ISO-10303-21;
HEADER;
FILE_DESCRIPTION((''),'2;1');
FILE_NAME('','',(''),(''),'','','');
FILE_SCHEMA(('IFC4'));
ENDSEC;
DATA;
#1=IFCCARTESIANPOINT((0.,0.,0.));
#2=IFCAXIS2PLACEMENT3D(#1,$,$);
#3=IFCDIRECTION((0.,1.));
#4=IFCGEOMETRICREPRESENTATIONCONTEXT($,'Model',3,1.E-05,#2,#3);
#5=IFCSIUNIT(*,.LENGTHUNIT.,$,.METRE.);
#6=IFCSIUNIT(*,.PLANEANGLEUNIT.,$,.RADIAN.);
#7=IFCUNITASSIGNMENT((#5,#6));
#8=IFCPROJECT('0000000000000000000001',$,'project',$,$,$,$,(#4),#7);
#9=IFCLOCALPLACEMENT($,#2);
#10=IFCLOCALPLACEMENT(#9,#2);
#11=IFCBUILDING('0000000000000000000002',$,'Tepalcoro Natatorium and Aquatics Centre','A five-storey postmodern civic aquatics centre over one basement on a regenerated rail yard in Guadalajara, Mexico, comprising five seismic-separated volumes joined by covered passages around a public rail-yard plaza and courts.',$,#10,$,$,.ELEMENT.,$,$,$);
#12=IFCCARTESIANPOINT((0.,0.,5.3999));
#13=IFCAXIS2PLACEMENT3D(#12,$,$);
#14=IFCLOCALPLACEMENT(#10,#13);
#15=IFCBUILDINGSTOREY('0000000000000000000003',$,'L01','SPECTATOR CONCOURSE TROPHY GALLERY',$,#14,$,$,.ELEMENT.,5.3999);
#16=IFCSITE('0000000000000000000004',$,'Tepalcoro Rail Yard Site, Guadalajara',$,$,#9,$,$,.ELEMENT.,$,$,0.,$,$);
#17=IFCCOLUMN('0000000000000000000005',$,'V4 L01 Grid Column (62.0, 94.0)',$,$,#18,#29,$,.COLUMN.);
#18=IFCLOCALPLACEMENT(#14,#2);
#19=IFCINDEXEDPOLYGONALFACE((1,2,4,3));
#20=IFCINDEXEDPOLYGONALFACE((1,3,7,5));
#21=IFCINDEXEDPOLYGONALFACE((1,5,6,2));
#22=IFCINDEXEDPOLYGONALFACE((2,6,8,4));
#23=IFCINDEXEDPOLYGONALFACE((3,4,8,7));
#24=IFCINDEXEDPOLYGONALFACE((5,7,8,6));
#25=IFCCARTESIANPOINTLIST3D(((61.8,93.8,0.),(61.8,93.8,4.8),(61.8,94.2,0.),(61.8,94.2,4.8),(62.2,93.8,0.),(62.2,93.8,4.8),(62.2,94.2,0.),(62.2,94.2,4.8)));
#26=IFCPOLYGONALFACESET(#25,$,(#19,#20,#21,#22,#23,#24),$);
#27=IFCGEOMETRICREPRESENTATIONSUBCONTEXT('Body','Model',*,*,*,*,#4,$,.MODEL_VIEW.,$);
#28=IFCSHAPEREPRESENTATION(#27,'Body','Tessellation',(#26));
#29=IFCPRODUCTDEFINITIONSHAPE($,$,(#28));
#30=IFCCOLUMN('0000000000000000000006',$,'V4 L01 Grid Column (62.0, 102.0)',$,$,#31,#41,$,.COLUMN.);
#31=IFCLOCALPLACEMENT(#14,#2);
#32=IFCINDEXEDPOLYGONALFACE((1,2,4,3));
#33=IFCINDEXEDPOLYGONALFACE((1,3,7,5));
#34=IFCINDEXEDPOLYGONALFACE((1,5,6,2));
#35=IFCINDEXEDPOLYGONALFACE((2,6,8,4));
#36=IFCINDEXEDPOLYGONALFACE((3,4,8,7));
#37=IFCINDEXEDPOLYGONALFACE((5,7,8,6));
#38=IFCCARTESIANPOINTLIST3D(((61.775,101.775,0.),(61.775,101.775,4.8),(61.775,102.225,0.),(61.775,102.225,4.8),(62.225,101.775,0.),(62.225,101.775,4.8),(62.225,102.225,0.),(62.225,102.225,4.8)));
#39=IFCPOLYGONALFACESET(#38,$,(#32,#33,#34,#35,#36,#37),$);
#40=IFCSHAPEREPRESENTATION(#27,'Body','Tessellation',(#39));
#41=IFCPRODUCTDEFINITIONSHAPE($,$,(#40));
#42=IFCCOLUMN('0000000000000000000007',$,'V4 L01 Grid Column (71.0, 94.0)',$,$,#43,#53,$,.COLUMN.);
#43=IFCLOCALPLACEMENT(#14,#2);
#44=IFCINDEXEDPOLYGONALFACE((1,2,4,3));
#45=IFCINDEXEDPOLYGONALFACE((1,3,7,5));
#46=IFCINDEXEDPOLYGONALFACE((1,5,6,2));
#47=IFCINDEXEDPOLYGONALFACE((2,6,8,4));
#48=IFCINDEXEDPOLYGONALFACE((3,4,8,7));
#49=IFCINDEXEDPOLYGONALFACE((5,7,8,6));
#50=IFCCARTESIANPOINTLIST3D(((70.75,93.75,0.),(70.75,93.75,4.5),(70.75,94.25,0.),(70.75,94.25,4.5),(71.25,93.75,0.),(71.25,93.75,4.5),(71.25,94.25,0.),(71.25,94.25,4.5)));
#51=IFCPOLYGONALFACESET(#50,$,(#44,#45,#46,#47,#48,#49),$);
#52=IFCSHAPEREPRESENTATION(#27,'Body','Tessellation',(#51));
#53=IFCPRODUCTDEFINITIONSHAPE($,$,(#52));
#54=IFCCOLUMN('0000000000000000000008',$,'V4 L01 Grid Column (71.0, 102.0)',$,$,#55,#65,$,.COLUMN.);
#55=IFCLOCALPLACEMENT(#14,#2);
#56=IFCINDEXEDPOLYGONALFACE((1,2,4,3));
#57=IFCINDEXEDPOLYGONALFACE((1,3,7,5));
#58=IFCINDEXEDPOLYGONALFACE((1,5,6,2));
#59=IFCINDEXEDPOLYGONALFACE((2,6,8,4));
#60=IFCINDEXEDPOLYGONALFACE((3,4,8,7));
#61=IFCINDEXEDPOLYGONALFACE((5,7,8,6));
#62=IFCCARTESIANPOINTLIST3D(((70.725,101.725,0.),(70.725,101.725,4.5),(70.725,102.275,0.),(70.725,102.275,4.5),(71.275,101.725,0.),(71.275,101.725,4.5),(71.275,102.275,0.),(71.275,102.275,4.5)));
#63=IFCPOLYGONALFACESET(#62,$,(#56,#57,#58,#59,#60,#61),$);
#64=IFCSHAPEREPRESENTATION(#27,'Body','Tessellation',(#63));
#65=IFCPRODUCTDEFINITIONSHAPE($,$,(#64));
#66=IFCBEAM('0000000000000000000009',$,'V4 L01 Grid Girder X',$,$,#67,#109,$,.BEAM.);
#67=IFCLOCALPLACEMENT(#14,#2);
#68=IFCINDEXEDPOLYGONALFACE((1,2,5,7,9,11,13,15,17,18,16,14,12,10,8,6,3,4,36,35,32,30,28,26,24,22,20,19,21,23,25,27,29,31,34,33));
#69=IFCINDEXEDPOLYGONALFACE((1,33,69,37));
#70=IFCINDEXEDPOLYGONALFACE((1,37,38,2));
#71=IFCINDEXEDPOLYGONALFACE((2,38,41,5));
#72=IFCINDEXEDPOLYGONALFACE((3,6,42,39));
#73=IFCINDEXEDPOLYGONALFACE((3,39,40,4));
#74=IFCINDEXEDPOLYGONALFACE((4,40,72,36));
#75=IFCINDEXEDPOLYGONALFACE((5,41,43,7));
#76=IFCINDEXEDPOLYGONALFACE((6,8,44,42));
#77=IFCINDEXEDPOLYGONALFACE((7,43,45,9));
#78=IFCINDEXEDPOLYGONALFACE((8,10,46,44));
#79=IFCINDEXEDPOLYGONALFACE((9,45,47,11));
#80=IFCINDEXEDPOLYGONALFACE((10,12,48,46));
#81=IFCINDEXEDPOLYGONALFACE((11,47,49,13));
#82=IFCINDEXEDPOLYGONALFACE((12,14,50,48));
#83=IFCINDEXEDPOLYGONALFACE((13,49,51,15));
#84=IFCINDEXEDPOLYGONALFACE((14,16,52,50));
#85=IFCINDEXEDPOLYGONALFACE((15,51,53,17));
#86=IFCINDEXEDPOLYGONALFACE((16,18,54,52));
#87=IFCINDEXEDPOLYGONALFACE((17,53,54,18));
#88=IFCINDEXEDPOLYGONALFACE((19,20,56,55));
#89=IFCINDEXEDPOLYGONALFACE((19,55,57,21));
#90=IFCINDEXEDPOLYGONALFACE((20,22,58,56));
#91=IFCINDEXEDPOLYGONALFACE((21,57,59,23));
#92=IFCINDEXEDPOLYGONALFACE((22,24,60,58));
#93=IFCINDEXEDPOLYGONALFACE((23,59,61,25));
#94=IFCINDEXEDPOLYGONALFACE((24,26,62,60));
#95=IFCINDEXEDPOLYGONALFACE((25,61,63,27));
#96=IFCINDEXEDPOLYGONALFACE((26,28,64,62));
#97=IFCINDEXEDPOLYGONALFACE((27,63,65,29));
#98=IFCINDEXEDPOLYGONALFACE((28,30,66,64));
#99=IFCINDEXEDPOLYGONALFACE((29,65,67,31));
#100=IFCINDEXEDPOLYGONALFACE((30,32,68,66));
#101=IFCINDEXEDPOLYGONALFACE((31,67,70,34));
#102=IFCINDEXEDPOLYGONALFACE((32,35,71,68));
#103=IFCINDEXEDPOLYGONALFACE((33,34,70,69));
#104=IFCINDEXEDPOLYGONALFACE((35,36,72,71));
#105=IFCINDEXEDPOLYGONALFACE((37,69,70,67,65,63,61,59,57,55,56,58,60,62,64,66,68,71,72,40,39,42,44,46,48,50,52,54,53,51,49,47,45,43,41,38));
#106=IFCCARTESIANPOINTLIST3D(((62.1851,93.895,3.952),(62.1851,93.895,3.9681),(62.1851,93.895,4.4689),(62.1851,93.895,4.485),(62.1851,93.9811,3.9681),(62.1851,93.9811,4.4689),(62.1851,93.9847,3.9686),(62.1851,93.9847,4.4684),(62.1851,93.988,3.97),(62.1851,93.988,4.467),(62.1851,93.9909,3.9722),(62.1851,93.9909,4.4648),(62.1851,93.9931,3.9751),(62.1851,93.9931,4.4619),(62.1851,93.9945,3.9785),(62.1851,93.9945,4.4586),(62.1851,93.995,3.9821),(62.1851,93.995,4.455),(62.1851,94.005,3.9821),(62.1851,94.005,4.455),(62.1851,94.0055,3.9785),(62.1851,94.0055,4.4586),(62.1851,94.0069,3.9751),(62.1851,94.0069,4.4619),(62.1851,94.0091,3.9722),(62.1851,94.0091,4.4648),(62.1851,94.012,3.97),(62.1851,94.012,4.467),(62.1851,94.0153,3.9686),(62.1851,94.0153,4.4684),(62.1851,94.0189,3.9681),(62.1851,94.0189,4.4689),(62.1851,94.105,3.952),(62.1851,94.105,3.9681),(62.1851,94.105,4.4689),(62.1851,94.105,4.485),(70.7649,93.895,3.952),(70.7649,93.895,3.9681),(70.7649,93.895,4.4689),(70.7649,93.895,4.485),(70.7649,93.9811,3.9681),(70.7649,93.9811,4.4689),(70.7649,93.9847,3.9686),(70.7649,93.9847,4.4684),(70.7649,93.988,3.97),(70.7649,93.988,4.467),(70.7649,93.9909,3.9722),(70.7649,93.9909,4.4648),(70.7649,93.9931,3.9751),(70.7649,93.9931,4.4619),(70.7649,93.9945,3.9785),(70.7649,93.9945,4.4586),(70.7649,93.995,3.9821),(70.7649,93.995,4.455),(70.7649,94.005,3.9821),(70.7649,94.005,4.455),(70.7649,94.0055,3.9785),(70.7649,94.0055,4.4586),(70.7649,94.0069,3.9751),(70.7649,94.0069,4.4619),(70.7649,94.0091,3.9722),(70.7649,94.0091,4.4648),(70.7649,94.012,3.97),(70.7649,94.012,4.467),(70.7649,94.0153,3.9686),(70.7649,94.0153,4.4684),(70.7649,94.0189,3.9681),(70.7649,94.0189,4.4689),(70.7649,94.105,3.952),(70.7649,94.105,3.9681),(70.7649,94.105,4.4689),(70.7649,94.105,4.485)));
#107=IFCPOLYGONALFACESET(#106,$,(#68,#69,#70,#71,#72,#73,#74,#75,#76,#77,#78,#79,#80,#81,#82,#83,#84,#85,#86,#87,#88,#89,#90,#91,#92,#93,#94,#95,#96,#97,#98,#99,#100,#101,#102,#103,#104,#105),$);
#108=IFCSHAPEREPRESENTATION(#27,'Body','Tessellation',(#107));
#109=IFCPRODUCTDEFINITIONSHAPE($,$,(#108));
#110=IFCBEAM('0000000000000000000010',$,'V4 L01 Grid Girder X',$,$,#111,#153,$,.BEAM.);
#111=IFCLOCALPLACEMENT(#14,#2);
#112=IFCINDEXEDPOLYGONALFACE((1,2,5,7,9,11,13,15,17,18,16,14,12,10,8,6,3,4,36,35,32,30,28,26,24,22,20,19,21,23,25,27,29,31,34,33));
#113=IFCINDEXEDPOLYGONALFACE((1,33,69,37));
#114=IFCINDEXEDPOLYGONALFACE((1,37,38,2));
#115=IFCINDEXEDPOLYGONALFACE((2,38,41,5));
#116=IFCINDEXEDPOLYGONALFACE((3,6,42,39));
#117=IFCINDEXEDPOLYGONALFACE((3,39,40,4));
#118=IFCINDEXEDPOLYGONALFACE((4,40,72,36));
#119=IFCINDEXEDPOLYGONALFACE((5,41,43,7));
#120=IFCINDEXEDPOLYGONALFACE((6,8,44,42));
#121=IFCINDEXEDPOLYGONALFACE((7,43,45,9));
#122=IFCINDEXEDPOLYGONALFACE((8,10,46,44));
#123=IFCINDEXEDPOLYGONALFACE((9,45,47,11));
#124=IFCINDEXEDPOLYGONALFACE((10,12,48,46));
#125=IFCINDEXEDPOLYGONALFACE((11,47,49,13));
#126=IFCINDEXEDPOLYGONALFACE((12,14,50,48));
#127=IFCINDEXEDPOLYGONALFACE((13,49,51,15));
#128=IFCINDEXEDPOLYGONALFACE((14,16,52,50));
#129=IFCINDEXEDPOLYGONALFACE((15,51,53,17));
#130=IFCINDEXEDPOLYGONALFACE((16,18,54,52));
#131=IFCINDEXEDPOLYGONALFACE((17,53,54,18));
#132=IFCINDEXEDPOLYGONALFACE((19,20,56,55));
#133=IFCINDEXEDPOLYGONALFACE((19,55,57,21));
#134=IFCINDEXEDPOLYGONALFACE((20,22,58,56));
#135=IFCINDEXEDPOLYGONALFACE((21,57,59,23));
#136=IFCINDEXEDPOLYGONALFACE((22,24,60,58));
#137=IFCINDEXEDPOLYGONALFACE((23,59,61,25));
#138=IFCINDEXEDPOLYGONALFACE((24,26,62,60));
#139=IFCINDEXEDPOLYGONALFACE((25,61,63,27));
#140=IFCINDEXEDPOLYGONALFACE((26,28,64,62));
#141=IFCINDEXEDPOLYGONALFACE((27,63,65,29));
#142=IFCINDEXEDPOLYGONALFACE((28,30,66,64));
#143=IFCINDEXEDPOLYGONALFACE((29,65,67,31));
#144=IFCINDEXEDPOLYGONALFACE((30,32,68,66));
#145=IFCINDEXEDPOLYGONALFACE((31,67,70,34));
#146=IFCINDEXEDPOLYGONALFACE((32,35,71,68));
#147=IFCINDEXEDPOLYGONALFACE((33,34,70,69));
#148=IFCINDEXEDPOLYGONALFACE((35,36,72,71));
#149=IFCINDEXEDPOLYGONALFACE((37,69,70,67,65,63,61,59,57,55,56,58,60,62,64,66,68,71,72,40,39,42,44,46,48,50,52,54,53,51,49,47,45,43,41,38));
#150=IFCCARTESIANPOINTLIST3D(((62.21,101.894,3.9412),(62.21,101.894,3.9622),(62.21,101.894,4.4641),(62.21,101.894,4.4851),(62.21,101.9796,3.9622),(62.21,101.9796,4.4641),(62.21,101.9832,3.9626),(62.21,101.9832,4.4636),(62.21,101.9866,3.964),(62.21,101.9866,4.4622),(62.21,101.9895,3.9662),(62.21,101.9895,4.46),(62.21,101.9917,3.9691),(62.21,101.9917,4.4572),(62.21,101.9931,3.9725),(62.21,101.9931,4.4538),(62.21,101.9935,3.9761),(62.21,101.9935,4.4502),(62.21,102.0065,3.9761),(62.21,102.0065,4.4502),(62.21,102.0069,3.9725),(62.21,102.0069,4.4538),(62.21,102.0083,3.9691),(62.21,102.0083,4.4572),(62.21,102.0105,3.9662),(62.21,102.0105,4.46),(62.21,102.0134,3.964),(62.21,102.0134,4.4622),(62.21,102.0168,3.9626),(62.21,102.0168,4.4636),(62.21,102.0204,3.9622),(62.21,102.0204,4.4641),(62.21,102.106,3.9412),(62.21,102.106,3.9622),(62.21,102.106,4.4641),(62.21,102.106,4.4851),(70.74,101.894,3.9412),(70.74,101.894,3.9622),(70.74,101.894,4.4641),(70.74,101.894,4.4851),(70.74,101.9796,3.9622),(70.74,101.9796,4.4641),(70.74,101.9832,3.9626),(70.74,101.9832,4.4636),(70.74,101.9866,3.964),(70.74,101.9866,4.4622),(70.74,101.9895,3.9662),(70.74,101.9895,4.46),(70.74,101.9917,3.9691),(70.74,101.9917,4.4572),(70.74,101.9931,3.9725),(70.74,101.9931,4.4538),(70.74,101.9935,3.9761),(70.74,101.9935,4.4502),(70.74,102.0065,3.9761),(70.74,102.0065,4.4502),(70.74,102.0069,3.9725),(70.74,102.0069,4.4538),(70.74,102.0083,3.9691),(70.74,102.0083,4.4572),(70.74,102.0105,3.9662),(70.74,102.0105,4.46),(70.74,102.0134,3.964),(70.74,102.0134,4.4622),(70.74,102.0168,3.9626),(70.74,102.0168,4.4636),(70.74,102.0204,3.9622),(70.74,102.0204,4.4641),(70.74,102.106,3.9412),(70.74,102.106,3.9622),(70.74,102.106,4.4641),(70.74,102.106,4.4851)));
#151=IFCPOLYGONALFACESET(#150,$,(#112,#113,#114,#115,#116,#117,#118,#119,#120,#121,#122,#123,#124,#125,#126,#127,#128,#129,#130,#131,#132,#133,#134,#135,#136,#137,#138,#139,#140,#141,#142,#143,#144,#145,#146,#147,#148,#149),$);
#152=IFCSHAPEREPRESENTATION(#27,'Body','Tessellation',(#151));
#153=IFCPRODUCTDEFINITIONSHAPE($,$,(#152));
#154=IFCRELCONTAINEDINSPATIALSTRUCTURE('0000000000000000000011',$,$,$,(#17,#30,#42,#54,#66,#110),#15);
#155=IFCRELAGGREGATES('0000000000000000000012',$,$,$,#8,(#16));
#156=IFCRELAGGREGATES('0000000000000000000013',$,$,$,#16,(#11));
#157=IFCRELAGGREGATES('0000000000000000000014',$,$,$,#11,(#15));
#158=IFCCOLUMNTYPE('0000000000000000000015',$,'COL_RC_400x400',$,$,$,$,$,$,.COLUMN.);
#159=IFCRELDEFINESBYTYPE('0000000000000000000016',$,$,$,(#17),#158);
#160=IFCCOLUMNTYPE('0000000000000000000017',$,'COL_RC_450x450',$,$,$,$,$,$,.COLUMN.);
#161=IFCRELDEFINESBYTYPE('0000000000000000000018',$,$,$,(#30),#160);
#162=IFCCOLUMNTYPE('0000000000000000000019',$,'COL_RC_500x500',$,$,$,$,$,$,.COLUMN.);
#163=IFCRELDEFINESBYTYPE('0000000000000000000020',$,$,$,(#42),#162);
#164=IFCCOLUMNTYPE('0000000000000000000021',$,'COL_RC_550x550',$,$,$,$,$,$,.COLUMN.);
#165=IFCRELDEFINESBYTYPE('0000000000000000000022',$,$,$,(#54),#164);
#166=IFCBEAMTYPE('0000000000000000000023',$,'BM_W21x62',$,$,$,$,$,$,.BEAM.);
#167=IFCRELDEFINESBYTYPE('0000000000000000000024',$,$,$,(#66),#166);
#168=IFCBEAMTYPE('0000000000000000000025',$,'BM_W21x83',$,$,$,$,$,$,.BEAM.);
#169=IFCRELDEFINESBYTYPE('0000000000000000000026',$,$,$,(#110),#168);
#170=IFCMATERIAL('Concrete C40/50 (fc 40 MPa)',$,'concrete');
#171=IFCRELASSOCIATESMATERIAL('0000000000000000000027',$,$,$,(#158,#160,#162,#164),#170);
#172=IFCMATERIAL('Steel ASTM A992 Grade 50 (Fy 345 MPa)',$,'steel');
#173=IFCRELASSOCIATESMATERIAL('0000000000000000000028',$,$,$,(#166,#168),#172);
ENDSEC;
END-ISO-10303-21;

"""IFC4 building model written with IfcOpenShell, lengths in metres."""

from ifc_helpers import new_model, si_unit, direction, frame, origin, origin_2d, place, context, subcontext, project, spatial, rectangle, i_section, extrude, material, material_profile, profile_set, type_object, element, save


model = new_model("IFC4")

# Units and contexts
model_context = context("Model", 3, precision=1e-05, world=origin(), true_north=direction((0.0, 1.0)))
body_context = subcontext(model_context, "Body", "Model", "MODEL_VIEW")
ifc_project = project(units=[si_unit("LENGTHUNIT", "METRE"), si_unit("PLANEANGLEUNIT", "RADIAN")], contexts=[model_context])

# Site, building, storey
site_placement = place(None, origin())
site = spatial("IfcSite", under=ifc_project, at=site_placement, Name="Tepalcoro Rail Yard Site, Guadalajara", CompositionType="ELEMENT", RefElevation=0.0)
building_placement = place(site_placement, origin())
building = spatial("IfcBuilding", under=site, at=building_placement, Name="Tepalcoro Natatorium and Aquatics Centre", Description="A five-storey postmodern civic aquatics centre over one basement on a regenerated rail yard in Guadalajara, Mexico, comprising five seismic-separated volumes joined by covered passages around a public rail-yard plaza and courts.", CompositionType="ELEMENT")
storey_placement = place(building_placement, frame((0.0, 0.0, 5.3999)))
storey = spatial("IfcBuildingStorey", under=building, at=storey_placement, Name="L01", Description="SPECTATOR CONCOURSE TROPHY GALLERY", CompositionType="ELEMENT", Elevation=5.3999)

# Columns
ifc_material_1 = material(Name="Concrete C40/50 (fc 40 MPa)", Category="concrete")
ifc_material_profile_1 = material_profile(ifc_material_1, rectangle(XDim=0.3999, YDim=0.3999, at=origin_2d()), Name="RC400x400")
ifc_profile_set_1 = profile_set([ifc_material_profile_1], Name="Concrete C40/50 (fc 40 MPa)")
column_type_1 = type_object("IfcColumnType", Name="COL_RC_400x400", PredefinedType="COLUMN", material=ifc_profile_set_1)
column_1_placement = place(storey_placement, frame((62.0, 94.0, 0.0), z_axis=(0.0, 0.0, 1.0), x_axis=(1.0, 0.0, 0.0)))
element("IfcColumn", 1, at=column_1_placement, inside=storey, type_object=column_type_1, Name="V4 L01 Grid Column (62.0, 94.0)", PredefinedType="COLUMN", context=body_context, shape_type="SweptSolid", body=[
    extrude(rectangle(XDim=0.3999, YDim=0.3999, at=origin_2d()), origin(), (0.0, 0.0, 1.0), 4.8),
])
ifc_material_profile_2 = material_profile(ifc_material_1, rectangle(XDim=0.45, YDim=0.45, at=origin_2d()), Name="RC450x450")
ifc_profile_set_2 = profile_set([ifc_material_profile_2], Name="Concrete C40/50 (fc 40 MPa)")
column_type_2 = type_object("IfcColumnType", Name="COL_RC_450x450", PredefinedType="COLUMN", material=ifc_profile_set_2)
column_2_placement = place(storey_placement, frame((62.0, 102.0, 0.0), z_axis=(0.0, 0.0, 1.0), x_axis=(1.0, 0.0, 0.0)))
element("IfcColumn", 2, at=column_2_placement, inside=storey, type_object=column_type_2, Name="V4 L01 Grid Column (62.0, 102.0)", PredefinedType="COLUMN", context=body_context, shape_type="SweptSolid", body=[
    extrude(rectangle(XDim=0.45, YDim=0.45, at=origin_2d()), origin(), (0.0, 0.0, 1.0), 4.8),
])
ifc_material_profile_3 = material_profile(ifc_material_1, rectangle(XDim=0.5, YDim=0.5, at=origin_2d()), Name="RC500x500")
ifc_profile_set_3 = profile_set([ifc_material_profile_3], Name="Concrete C40/50 (fc 40 MPa)")
column_type_3 = type_object("IfcColumnType", Name="COL_RC_500x500", PredefinedType="COLUMN", material=ifc_profile_set_3)
column_3_placement = place(storey_placement, frame((71.0, 94.0, 0.0), z_axis=(0.0, 0.0, 1.0), x_axis=(1.0, 0.0, 0.0)))
element("IfcColumn", 3, at=column_3_placement, inside=storey, type_object=column_type_3, Name="V4 L01 Grid Column (71.0, 94.0)", PredefinedType="COLUMN", context=body_context, shape_type="SweptSolid", body=[
    extrude(rectangle(XDim=0.5, YDim=0.5, at=origin_2d()), origin(), (0.0, 0.0, 1.0), 4.5),
])
ifc_material_profile_4 = material_profile(ifc_material_1, rectangle(XDim=0.55, YDim=0.55, at=origin_2d()), Name="RC550x550")
ifc_profile_set_4 = profile_set([ifc_material_profile_4], Name="Concrete C40/50 (fc 40 MPa)")
column_type_4 = type_object("IfcColumnType", Name="COL_RC_550x550", PredefinedType="COLUMN", material=ifc_profile_set_4)
column_4_placement = place(storey_placement, frame((71.0, 102.0, 0.0), z_axis=(0.0, 0.0, 1.0), x_axis=(1.0, 0.0, 0.0)))
element("IfcColumn", 4, at=column_4_placement, inside=storey, type_object=column_type_4, Name="V4 L01 Grid Column (71.0, 102.0)", PredefinedType="COLUMN", context=body_context, shape_type="SweptSolid", body=[
    extrude(rectangle(XDim=0.55, YDim=0.55, at=origin_2d()), origin(), (0.0, 0.0, 1.0), 4.5),
])

# Beams
ifc_material_2 = material(Name="Steel ASTM A992 Grade 50 (Fy 345 MPa)", Category="steel")
ifc_material_profile_5 = material_profile(ifc_material_2, i_section(OverallWidth=0.21, OverallDepth=0.533, WebThickness=0.01, FlangeThickness=0.0161, FilletRadius=0.0139, at=origin_2d()), Name="W21X62")
ifc_profile_set_5 = profile_set([ifc_material_profile_5], Name="Steel ASTM A992 Grade 50 (Fy 345 MPa)")
beam_type_1 = type_object("IfcBeamType", Name="BM_W21x62", PredefinedType="BEAM", material=ifc_profile_set_5)
beam_1_placement = place(storey_placement, frame((62.1851, 94.0, 4.2185), z_axis=(1.0, 0.0, 0.0), x_axis=(0.0, 1.0, 0.0)))
element("IfcBeam", 5, at=beam_1_placement, inside=storey, type_object=beam_type_1, Name="V4 L01 Grid Girder X", PredefinedType="BEAM", context=body_context, shape_type="SweptSolid", body=[
    extrude(i_section(OverallWidth=0.21, OverallDepth=0.533, WebThickness=0.01, FlangeThickness=0.0161, FilletRadius=0.0139, at=origin_2d()), origin(), (0.0, 0.0, 1.0), 8.5798),
])
ifc_material_profile_6 = material_profile(ifc_material_2, i_section(OverallWidth=0.2119, OverallDepth=0.5439, WebThickness=0.0129, FlangeThickness=0.021, FilletRadius=0.0139, at=origin_2d()), Name="W21X83")
ifc_profile_set_6 = profile_set([ifc_material_profile_6], Name="Steel ASTM A992 Grade 50 (Fy 345 MPa)")
beam_type_2 = type_object("IfcBeamType", Name="BM_W21x83", PredefinedType="BEAM", material=ifc_profile_set_6)
beam_2_placement = place(storey_placement, frame((62.21, 102.0, 4.2131), z_axis=(1.0, 0.0, 0.0), x_axis=(0.0, 1.0, 0.0)))
element("IfcBeam", 6, at=beam_2_placement, inside=storey, type_object=beam_type_2, Name="V4 L01 Grid Girder X", PredefinedType="BEAM", context=body_context, shape_type="SweptSolid", body=[
    extrude(i_section(OverallWidth=0.2119, OverallDepth=0.5439, WebThickness=0.0129, FlangeThickness=0.021, FilletRadius=0.0139, at=origin_2d()), origin(), (0.0, 0.0, 1.0), 8.53),
])

save(model, "model.ifc")
